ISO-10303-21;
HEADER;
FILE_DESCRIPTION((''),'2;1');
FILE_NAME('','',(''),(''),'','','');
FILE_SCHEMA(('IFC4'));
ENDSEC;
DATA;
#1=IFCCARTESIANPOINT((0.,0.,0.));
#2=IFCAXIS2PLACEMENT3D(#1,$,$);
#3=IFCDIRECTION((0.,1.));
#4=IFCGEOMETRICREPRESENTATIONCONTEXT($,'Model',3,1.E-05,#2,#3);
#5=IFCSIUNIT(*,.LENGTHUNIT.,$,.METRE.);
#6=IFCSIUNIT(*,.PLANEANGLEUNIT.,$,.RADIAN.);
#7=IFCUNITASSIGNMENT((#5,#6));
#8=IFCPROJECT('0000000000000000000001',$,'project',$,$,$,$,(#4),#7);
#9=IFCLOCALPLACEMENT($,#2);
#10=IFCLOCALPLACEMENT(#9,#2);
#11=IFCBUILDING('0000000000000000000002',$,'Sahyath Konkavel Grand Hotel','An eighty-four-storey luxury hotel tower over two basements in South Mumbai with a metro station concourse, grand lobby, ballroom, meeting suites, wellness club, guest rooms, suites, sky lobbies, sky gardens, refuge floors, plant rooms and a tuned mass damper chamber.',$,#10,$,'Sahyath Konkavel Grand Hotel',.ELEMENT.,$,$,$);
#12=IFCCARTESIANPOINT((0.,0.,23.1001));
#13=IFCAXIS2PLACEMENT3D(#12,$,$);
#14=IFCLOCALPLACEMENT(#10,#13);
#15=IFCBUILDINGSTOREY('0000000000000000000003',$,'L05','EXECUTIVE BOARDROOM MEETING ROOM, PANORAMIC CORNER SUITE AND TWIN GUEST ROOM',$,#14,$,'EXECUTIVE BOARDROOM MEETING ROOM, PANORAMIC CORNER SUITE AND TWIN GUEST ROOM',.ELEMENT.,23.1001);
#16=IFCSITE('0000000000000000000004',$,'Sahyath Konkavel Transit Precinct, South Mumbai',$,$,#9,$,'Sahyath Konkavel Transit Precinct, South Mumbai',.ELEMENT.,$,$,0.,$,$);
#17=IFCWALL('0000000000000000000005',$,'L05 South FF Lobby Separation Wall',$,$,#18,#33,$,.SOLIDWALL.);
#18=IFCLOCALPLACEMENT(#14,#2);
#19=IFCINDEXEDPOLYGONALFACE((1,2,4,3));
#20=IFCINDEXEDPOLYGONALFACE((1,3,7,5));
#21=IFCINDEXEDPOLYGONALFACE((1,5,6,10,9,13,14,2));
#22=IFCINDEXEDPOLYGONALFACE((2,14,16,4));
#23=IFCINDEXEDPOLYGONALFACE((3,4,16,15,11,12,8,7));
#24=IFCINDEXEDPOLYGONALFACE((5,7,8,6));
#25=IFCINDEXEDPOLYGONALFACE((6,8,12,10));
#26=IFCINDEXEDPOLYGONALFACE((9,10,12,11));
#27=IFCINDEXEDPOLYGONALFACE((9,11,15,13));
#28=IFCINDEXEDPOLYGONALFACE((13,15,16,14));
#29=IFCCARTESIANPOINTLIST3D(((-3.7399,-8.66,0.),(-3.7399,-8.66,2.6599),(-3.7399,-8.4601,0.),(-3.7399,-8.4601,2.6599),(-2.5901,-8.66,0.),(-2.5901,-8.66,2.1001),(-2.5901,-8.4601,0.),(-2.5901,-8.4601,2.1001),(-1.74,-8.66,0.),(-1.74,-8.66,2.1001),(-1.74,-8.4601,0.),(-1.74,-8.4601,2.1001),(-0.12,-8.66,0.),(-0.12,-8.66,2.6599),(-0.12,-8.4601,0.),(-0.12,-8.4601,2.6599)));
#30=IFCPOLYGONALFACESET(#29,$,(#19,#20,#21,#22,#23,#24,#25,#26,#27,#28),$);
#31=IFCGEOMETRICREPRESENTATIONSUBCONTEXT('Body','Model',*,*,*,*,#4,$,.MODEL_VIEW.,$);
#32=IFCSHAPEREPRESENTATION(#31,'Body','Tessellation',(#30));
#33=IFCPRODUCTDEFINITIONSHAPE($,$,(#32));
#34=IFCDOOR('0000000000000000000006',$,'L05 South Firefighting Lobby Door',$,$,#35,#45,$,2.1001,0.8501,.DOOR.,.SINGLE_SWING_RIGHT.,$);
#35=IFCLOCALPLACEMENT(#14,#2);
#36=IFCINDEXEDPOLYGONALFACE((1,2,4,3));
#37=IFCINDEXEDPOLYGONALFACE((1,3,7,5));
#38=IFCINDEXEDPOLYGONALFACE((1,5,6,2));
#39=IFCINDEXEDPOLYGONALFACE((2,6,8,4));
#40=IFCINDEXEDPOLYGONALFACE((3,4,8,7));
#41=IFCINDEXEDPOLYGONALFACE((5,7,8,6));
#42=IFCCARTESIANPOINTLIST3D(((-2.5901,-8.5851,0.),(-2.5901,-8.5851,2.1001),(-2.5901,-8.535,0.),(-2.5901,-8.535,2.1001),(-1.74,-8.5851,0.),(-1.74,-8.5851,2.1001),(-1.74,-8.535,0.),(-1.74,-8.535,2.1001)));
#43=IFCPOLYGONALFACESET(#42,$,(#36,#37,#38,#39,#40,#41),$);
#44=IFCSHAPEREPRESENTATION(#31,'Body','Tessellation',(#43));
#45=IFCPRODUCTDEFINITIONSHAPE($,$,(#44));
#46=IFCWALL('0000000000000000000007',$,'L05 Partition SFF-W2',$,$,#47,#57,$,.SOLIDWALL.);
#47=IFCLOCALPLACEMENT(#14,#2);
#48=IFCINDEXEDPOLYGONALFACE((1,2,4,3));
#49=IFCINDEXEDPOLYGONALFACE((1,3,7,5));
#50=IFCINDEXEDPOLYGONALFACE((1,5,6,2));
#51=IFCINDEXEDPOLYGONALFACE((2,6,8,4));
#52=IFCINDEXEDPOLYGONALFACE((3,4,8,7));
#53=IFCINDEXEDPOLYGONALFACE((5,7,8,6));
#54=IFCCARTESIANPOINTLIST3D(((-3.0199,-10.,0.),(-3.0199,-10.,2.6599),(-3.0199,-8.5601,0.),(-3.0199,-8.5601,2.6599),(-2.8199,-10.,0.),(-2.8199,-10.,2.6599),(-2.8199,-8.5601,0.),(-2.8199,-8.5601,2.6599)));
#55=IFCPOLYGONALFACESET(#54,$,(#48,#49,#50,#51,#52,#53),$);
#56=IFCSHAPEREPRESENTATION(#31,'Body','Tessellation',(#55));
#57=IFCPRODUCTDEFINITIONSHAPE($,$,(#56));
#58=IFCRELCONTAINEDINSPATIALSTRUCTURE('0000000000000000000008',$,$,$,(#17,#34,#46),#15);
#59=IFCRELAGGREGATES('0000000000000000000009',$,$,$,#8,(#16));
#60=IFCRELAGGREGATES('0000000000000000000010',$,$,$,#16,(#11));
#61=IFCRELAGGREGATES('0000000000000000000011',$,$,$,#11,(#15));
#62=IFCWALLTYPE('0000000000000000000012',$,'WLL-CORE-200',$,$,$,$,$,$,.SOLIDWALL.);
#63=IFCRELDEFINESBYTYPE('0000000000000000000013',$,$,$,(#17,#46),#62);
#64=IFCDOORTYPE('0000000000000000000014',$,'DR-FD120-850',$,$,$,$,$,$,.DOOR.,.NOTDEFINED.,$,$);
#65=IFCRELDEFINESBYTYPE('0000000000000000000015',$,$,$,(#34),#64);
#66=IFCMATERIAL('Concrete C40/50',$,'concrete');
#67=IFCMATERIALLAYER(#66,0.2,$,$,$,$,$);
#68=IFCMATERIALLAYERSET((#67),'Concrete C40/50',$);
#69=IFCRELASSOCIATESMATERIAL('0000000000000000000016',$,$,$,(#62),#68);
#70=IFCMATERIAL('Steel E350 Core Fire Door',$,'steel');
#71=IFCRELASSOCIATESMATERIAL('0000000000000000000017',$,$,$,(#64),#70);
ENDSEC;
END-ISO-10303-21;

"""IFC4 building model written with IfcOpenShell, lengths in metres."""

from ifc_helpers import new_model, si_unit, direction, frame, frame_2d, origin, origin_2d, place, context, subcontext, project, spatial, rectangle, extrude, source, transform, mapped, material, layer, layer_set, type_object, element, fill, save


model = new_model("IFC4")

# Units and contexts
model_context = context("Model", 3, precision=1e-05, world=origin(), true_north=direction((0.0, 1.0)))
body_context = subcontext(model_context, "Body", "Model", "MODEL_VIEW")
ifc_project = project(units=[si_unit("LENGTHUNIT", "METRE"), si_unit("PLANEANGLEUNIT", "RADIAN")], contexts=[model_context])

# Site, building, storey
site_placement = place(None, origin())
site = spatial("IfcSite", under=ifc_project, at=site_placement, Name="Sahyath Konkavel Transit Precinct, South Mumbai", LongName="Sahyath Konkavel Transit Precinct, South Mumbai", CompositionType="ELEMENT", RefElevation=0.0)
building_placement = place(site_placement, origin())
building = spatial("IfcBuilding", under=site, at=building_placement, Name="Sahyath Konkavel Grand Hotel", Description="An eighty-four-storey luxury hotel tower over two basements in South Mumbai with a metro station concourse, grand lobby, ballroom, meeting suites, wellness club, guest rooms, suites, sky lobbies, sky gardens, refuge floors, plant rooms and a tuned mass damper chamber.", LongName="Sahyath Konkavel Grand Hotel", CompositionType="ELEMENT")
storey_placement = place(building_placement, frame((0.0, 0.0, 23.1001)))
storey = spatial("IfcBuildingStorey", under=building, at=storey_placement, Name="L05", Description="EXECUTIVE BOARDROOM MEETING ROOM, PANORAMIC CORNER SUITE AND TWIN GUEST ROOM", LongName="EXECUTIVE BOARDROOM MEETING ROOM, PANORAMIC CORNER SUITE AND TWIN GUEST ROOM", CompositionType="ELEMENT", Elevation=23.1001)

# Shared definitions
ifc_material_1 = material(Name="Concrete C40/50", Category="concrete")
ifc_layer_1 = layer(ifc_material_1, 0.2)
ifc_layer_set_1 = layer_set([ifc_layer_1], Name="Concrete C40/50")
wall_type_1 = type_object("IfcWallType", Name="WLL-CORE-200", PredefinedType="SOLIDWALL", material=ifc_layer_set_1)

# Wall, opening, door
wall_1_placement = place(storey_placement, frame((-3.74, -8.5601, 0.0), z_axis=(0.0, 0.0, 1.0), x_axis=(1.0, 0.0, 0.0)))
wall_1 = element("IfcWall", 1, at=wall_1_placement, inside=storey, type_object=wall_type_1, Name="L05 South FF Lobby Separation Wall", PredefinedType="SOLIDWALL", context=body_context, shape_type="SweptSolid", body=[
    extrude(rectangle(XDim=3.6199, YDim=0.2, at=frame_2d((1.8101, 0.0))), origin(), (0.0, 0.0, 1.0), 2.6599),
])
opening_placement = place(wall_1_placement, frame((1.1499, 0.0, 0.0)))
opening = element("IfcOpeningElement", 2, at=opening_placement, cuts=wall_1, PredefinedType="OPENING", context=body_context, shape_type="SweptSolid", body=[
    extrude(rectangle(XDim=0.8501, YDim=2.1001, at=frame_2d((0.425, 1.05))), frame((0.0, 0.1099, 0.0), z_axis=(0.0, -1.0, 0.0), x_axis=(1.0, 0.0, 0.0)), (0.0, 0.0, 1.0), 0.22),
])
ifc_material_2 = material(Name="Steel E350 Core Fire Door", Category="steel")
door_type = type_object("IfcDoorType", Name="DR-FD120-850", OperationType="NOTDEFINED", PredefinedType="DOOR", material=ifc_material_2)
shared_shape_1 = source(origin(), body_context, "Body", "SweptSolid", [
    extrude(rectangle(XDim=0.8501, YDim=0.05, at=origin_2d()), origin(), (0.0, 0.0, 1.0), 2.1001),
])
door_placement = place(opening_placement, frame((0.425, 0.0, 0.0)))
door = element("IfcDoor", 3, at=door_placement, inside=storey, type_object=door_type, Name="L05 South Firefighting Lobby Door", OperationType="SINGLE_SWING_RIGHT", OverallHeight=2.1001, OverallWidth=0.8501, PredefinedType="DOOR", context=body_context, shape_type="MappedRepresentation", body=[
    mapped(shared_shape_1, transform((0.0, 0.0, 0.0), scale=1.0)),
])
fill(opening, door)

# Wall
wall_2_placement = place(storey_placement, frame((-2.9199, -10.0, 0.0), z_axis=(0.0, 0.0, 1.0), x_axis=(0.0, 1.0, 0.0)))
element("IfcWall", 4, at=wall_2_placement, inside=storey, type_object=wall_type_1, Name="L05 Partition SFF-W2", PredefinedType="SOLIDWALL", context=body_context, shape_type="SweptSolid", body=[
    extrude(rectangle(XDim=1.4399, YDim=0.2, at=frame_2d((0.72, 0.0))), origin(), (0.0, 0.0, 1.0), 2.6599),
])

save(model, "model.ifc")
